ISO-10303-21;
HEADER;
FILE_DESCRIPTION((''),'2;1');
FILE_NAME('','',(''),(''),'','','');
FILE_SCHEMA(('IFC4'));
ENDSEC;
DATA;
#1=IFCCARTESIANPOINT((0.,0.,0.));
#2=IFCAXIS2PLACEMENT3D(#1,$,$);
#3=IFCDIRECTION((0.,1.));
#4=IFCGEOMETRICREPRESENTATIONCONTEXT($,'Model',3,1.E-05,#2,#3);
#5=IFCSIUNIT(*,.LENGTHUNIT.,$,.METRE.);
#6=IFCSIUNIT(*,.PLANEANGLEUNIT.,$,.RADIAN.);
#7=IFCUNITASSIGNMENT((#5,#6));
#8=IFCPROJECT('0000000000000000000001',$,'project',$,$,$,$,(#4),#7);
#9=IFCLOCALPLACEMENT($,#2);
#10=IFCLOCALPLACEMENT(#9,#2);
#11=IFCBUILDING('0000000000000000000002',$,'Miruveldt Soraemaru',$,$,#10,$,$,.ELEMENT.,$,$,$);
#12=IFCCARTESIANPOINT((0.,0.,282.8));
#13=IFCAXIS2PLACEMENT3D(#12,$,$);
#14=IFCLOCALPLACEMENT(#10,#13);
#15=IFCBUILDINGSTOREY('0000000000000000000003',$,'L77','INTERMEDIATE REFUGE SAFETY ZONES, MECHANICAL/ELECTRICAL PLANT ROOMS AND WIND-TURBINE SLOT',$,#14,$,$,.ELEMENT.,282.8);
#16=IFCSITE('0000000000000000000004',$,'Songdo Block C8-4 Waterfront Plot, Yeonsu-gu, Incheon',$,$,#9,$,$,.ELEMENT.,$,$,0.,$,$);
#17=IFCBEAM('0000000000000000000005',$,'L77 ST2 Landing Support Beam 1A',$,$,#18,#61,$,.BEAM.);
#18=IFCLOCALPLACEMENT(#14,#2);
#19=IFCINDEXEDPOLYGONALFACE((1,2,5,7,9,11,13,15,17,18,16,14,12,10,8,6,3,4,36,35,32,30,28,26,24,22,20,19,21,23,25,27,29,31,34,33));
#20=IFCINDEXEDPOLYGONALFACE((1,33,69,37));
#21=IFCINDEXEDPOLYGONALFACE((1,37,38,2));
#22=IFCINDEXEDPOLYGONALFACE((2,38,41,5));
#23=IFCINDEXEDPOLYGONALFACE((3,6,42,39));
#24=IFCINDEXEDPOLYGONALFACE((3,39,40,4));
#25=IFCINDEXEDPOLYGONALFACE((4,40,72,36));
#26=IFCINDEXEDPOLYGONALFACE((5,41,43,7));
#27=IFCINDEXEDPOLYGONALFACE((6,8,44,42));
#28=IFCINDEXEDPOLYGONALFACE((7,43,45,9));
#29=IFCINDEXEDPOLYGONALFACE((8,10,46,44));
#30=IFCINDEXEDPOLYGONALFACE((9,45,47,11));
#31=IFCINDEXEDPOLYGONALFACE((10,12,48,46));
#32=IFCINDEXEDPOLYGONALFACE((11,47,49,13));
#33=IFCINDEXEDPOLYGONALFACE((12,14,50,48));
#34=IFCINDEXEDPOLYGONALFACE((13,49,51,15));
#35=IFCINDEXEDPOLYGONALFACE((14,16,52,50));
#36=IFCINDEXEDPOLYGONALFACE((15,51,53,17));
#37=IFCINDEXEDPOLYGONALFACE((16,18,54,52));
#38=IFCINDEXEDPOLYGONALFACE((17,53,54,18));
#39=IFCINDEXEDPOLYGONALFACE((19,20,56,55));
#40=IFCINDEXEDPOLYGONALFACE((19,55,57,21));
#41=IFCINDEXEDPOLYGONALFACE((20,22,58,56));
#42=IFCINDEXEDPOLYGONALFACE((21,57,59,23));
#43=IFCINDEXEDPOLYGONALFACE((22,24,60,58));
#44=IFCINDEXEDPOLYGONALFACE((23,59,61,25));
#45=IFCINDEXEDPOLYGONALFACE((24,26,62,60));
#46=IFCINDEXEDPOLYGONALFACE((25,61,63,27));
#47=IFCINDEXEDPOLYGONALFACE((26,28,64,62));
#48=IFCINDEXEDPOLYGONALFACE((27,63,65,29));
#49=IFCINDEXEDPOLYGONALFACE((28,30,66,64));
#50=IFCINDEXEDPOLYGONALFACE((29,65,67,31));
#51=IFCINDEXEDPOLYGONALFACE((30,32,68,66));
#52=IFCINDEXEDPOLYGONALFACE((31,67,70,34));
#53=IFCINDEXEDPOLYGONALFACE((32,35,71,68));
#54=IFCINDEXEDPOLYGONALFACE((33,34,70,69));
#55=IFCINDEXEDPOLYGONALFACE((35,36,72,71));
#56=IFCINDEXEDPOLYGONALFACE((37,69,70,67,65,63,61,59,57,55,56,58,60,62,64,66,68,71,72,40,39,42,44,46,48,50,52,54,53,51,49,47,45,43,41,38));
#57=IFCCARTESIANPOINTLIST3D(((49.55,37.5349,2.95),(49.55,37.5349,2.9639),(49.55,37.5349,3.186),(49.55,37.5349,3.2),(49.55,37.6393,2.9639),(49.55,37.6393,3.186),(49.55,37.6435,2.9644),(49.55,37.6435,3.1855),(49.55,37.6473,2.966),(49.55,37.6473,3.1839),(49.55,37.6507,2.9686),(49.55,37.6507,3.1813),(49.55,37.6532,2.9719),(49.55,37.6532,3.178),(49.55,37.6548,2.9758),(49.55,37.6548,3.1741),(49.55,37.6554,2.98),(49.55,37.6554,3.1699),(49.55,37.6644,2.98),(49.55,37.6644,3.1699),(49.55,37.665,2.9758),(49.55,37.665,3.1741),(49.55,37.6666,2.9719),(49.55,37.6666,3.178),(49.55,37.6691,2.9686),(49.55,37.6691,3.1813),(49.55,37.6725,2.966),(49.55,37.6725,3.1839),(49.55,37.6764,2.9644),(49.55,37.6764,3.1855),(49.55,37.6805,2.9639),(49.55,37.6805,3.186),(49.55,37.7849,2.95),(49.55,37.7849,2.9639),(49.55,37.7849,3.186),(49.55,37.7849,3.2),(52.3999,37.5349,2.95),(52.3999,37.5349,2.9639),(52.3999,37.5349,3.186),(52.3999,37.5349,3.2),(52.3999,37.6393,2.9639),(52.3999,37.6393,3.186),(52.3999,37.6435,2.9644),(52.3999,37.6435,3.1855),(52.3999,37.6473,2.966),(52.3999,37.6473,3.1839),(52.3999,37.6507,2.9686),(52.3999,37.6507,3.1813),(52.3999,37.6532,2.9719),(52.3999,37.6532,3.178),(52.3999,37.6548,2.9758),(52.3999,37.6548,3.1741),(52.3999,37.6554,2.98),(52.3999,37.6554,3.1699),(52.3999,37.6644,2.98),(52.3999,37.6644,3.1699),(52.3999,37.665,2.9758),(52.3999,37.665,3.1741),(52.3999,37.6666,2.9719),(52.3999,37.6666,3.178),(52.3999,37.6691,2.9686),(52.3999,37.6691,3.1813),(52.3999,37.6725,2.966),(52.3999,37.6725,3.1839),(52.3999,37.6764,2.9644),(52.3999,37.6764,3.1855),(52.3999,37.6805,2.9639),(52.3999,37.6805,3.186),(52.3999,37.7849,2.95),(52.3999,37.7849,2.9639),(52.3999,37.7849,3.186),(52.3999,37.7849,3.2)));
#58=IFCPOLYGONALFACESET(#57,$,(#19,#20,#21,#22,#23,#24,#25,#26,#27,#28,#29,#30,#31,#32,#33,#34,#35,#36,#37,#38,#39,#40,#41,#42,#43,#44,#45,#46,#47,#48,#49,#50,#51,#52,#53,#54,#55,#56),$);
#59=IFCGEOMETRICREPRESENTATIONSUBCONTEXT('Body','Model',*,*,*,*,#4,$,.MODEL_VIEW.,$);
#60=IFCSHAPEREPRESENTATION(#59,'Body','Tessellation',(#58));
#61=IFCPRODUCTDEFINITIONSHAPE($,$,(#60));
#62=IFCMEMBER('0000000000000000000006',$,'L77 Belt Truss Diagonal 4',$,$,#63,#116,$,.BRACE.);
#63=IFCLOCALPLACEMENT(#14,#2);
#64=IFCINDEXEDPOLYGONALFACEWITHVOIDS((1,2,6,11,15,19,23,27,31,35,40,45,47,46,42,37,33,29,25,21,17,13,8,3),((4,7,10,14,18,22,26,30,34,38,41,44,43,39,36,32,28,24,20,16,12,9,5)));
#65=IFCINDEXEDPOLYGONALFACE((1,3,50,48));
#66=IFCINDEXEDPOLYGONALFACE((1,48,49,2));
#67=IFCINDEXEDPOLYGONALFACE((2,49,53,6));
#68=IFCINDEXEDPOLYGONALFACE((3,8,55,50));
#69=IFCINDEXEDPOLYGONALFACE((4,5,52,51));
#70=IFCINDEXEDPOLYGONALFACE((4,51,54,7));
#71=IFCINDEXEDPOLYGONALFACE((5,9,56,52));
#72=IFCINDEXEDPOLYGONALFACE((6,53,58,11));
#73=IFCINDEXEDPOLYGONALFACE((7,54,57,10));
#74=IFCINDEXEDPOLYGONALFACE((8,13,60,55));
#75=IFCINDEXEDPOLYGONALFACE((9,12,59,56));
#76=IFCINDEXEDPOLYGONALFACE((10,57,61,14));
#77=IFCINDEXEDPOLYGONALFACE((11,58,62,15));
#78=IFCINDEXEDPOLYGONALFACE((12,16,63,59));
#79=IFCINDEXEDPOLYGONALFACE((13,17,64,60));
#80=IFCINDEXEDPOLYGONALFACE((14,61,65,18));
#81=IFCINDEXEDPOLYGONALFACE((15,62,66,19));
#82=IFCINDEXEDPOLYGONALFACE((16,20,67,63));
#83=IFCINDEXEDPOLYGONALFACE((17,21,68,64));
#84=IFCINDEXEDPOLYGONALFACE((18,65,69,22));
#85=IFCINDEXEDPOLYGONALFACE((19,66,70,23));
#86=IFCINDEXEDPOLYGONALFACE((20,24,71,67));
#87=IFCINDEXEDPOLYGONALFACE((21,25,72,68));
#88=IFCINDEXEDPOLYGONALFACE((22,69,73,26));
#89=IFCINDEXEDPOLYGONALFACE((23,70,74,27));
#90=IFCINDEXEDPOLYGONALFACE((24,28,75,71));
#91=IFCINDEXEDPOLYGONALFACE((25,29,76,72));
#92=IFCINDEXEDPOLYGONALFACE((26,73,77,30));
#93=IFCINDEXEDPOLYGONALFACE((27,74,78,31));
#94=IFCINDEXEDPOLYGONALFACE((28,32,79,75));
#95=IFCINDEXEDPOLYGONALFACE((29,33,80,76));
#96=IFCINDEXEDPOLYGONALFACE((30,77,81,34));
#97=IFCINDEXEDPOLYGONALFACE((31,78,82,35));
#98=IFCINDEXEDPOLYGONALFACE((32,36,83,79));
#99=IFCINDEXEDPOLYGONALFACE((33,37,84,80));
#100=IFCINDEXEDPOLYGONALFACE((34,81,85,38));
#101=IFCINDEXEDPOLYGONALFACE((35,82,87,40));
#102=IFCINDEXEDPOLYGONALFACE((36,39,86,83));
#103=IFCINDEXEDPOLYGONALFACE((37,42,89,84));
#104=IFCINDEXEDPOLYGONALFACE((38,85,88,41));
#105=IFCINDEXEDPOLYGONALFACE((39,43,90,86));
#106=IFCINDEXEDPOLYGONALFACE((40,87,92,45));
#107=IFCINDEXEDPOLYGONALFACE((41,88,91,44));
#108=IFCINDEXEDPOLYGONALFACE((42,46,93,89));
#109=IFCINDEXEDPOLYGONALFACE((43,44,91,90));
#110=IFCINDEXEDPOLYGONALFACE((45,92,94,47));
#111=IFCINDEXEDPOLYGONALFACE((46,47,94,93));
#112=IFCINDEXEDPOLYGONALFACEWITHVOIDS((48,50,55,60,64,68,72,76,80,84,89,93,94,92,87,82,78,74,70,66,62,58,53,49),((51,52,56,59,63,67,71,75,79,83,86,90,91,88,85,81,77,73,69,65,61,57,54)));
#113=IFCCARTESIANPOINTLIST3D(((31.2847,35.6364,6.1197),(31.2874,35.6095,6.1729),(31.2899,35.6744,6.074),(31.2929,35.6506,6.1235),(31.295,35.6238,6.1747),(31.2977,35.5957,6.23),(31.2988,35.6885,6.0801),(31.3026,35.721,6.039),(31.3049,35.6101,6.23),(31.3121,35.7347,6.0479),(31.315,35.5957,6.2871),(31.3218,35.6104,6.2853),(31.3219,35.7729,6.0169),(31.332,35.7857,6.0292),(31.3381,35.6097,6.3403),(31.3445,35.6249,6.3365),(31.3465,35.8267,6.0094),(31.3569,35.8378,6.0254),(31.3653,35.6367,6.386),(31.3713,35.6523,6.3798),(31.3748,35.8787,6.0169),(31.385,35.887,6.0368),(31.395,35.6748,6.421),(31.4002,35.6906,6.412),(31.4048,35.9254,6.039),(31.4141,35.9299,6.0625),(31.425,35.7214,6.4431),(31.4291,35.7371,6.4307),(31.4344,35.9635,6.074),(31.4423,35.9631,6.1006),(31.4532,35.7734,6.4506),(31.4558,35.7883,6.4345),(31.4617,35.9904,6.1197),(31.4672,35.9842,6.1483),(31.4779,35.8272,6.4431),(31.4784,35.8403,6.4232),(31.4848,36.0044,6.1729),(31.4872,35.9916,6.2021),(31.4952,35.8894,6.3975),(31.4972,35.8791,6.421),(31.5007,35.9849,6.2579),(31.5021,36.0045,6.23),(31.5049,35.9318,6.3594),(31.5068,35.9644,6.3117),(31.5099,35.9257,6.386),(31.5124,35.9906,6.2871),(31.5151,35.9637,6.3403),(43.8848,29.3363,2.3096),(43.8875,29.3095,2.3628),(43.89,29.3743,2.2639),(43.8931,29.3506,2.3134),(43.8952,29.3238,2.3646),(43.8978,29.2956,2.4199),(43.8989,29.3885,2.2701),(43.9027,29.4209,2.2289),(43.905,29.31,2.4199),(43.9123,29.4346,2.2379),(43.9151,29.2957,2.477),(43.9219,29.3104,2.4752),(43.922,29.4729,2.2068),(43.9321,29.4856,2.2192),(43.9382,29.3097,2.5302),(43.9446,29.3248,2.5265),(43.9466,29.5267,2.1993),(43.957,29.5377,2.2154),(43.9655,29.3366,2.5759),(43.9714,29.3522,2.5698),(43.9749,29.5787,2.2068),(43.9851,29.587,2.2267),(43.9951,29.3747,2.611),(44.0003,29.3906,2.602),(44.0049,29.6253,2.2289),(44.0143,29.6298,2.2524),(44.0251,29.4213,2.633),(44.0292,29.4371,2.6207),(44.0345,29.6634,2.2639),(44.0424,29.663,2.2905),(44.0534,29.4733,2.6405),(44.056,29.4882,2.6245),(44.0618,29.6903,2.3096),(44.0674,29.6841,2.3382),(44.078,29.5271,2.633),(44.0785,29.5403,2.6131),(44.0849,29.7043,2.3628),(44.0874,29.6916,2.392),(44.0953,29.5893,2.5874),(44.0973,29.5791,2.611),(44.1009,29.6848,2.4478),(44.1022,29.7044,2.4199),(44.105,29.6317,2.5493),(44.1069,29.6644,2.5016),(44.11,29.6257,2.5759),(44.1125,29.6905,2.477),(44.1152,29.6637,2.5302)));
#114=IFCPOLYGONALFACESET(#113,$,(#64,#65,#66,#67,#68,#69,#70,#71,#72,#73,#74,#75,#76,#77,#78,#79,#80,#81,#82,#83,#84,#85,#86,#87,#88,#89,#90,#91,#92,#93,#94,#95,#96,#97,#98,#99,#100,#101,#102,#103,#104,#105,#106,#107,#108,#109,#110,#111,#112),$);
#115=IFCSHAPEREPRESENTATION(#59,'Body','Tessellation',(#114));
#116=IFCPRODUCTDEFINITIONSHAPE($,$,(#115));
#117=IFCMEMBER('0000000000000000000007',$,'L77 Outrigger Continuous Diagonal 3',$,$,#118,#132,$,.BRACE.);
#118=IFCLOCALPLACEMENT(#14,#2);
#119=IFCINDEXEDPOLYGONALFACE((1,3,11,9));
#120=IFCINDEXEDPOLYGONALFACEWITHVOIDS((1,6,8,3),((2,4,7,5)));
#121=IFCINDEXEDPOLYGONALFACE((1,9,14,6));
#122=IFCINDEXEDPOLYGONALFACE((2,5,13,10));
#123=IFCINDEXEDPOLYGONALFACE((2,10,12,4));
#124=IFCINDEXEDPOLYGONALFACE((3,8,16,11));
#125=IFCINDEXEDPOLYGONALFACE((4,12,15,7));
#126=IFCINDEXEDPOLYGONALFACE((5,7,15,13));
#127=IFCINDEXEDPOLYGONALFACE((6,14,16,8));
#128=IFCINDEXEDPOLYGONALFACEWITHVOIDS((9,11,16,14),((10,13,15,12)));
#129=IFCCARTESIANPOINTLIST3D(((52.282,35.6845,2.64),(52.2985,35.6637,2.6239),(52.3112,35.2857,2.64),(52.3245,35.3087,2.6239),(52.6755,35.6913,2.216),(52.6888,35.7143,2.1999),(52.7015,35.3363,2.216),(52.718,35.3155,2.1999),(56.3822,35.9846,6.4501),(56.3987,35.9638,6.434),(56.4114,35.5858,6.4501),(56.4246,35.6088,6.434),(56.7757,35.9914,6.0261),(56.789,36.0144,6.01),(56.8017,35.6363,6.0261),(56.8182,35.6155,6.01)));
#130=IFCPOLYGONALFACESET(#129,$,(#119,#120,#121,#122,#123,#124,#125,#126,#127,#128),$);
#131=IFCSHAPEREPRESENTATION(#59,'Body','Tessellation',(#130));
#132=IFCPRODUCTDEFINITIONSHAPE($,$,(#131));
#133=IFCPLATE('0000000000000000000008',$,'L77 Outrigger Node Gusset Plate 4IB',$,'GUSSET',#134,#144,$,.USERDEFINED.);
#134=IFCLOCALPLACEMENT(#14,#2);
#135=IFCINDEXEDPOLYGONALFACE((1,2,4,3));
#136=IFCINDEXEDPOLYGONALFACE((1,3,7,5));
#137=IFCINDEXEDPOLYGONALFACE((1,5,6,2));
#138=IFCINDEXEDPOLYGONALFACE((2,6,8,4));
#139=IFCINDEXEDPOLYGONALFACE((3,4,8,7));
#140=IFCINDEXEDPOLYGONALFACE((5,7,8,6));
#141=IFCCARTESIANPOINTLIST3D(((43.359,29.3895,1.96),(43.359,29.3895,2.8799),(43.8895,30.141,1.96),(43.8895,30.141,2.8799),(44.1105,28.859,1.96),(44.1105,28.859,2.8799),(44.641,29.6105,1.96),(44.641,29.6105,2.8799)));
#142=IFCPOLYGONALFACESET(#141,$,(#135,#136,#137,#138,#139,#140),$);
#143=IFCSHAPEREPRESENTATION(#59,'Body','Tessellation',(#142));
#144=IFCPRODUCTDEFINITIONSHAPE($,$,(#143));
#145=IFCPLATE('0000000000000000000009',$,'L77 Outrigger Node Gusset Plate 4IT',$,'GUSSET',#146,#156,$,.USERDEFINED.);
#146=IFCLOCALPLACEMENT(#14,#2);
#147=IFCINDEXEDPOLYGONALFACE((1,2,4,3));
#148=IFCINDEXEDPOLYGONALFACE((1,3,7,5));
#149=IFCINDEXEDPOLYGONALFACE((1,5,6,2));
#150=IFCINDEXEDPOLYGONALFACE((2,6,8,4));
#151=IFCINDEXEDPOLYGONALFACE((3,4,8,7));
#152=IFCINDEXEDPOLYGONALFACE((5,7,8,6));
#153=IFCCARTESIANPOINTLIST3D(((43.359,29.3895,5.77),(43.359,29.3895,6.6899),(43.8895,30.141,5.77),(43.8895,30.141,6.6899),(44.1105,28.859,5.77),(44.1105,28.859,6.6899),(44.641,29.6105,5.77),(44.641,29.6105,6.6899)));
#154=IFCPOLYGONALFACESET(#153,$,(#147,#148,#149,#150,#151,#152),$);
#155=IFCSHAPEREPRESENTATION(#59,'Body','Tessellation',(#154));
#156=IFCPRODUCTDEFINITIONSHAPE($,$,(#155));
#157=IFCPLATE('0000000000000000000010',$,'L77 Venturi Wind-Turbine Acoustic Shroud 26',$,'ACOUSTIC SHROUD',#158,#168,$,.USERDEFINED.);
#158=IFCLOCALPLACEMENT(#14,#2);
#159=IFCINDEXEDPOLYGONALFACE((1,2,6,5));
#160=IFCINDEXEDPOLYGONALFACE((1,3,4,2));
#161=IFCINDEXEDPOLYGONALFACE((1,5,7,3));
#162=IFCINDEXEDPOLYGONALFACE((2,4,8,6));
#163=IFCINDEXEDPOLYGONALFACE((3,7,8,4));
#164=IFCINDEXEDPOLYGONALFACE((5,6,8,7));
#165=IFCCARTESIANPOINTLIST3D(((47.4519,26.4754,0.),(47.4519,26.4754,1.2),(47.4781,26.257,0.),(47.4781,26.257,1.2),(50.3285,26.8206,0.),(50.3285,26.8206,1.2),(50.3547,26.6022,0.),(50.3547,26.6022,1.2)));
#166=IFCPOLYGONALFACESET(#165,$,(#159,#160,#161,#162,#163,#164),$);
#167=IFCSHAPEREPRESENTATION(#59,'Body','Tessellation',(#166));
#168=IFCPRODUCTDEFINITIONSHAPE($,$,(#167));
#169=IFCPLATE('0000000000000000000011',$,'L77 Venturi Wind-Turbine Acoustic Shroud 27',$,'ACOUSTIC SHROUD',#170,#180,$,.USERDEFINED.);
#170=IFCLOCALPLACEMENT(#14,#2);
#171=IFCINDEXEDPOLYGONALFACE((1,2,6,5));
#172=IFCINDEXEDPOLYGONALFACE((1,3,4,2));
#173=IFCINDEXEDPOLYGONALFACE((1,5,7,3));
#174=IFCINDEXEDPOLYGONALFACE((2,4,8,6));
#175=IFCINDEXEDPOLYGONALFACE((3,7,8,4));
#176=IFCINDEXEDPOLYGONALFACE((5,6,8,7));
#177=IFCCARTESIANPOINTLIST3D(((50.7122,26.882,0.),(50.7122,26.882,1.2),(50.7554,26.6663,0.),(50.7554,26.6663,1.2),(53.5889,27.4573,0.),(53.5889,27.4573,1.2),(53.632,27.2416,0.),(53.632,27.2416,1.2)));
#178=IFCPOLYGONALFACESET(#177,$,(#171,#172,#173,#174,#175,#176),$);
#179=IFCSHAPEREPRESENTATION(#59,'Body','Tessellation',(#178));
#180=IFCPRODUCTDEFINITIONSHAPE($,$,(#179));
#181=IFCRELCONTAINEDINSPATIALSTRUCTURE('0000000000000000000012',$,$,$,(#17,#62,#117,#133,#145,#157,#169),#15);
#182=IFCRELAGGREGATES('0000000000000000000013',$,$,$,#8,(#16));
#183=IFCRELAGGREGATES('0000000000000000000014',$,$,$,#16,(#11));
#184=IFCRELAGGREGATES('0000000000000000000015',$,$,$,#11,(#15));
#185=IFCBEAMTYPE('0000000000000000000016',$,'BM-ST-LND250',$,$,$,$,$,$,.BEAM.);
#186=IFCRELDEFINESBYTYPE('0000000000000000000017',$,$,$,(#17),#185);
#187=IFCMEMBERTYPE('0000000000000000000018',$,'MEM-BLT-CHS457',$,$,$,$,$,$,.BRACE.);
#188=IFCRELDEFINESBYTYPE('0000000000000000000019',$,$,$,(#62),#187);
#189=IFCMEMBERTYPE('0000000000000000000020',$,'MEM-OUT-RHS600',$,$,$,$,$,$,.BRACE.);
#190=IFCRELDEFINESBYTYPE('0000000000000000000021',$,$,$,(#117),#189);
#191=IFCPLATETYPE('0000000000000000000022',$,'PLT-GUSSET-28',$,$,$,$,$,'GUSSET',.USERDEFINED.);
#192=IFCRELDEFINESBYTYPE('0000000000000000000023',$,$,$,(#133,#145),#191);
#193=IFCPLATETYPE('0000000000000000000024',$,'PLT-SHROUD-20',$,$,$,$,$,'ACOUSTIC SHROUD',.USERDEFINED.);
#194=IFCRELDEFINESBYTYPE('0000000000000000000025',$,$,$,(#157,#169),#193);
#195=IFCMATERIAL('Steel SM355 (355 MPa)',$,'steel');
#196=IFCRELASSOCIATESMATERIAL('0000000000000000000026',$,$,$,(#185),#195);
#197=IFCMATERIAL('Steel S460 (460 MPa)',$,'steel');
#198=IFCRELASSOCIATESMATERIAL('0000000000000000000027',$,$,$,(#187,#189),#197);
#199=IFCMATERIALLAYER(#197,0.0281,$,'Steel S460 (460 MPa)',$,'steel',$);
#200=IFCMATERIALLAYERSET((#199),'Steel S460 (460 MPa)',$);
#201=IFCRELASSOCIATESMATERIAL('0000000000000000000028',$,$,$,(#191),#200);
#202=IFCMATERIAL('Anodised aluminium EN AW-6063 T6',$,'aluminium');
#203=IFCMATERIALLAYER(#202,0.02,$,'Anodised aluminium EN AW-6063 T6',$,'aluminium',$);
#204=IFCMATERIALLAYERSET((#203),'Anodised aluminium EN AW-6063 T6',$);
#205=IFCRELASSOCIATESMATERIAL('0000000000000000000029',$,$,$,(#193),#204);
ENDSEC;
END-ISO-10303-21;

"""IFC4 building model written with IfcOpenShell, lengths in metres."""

from ifc_helpers import new_model, si_unit, direction, frame, origin, origin_2d, place, context, subcontext, project, spatial, rectangle, hollow_rectangle, hollow_circle, i_section, extrude, material, layer, layer_set, material_profile, profile_set, type_object, element, save


model = new_model("IFC4")

# Units and contexts
model_context = context("Model", 3, precision=1e-05, world=origin(), true_north=direction((0.0, 1.0)))
body_context = subcontext(model_context, "Body", "Model", "MODEL_VIEW")
ifc_project = project(units=[si_unit("LENGTHUNIT", "METRE"), si_unit("PLANEANGLEUNIT", "RADIAN")], contexts=[model_context])

# Site, building, storey
site_placement = place(None, origin())
site = spatial("IfcSite", under=ifc_project, at=site_placement, Name="Songdo Block C8-4 Waterfront Plot, Yeonsu-gu, Incheon", CompositionType="ELEMENT", RefElevation=0.0)
building_placement = place(site_placement, origin())
building = spatial("IfcBuilding", under=site, at=building_placement, Name="Miruveldt Soraemaru", CompositionType="ELEMENT")
storey_placement = place(building_placement, frame((0.0, 0.0, 282.8)))
storey = spatial("IfcBuildingStorey", under=building, at=storey_placement, Name="L77", Description="INTERMEDIATE REFUGE SAFETY ZONES, MECHANICAL/ELECTRICAL PLANT ROOMS AND WIND-TURBINE SLOT", CompositionType="ELEMENT", Elevation=282.8)

# Beam
ifc_material_1 = material(Name="Steel SM355 (355 MPa)", Category="steel")
ifc_material_profile_1 = material_profile(ifc_material_1, i_section(OverallWidth=0.25, OverallDepth=0.25, WebThickness=0.009, FlangeThickness=0.0139, FilletRadius=0.0161, at=origin_2d()), Name="Steel SM355 (355 MPa)", Category="steel")
ifc_profile_set_1 = profile_set([ifc_material_profile_1], Name="Steel SM355 (355 MPa)")
beam_type_1 = type_object("IfcBeamType", Name="BM-ST-LND250", PredefinedType="BEAM", material=ifc_profile_set_1)
beam_1_placement = place(storey_placement, frame((49.55, 37.6599, 3.075), z_axis=(1.0, 0.0, 0.0), x_axis=(0.0, 1.0, 0.0)))
element("IfcBeam", 1, at=beam_1_placement, inside=storey, type_object=beam_type_1, Name="L77 ST2 Landing Support Beam 1A", PredefinedType="BEAM", context=body_context, shape_type="SweptSolid", body=[
    extrude(i_section(OverallWidth=0.25, OverallDepth=0.25, WebThickness=0.009, FlangeThickness=0.0139, FilletRadius=0.0161, at=origin_2d()), origin(), (0.0, 0.0, 1.0), 2.8499),
])

# Members
ifc_material_2 = material(Name="Steel S460 (460 MPa)", Category="steel")
ifc_material_profile_2 = material_profile(ifc_material_2, hollow_circle(Radius=0.2285, WallThickness=0.0161, at=origin_2d()), Name="Steel S460 (460 MPa)", Category="steel")
ifc_profile_set_2 = profile_set([ifc_material_profile_2], Name="Steel S460 (460 MPa)")
member_type_1 = type_object("IfcMemberType", Name="MEM-BLT-CHS457", PredefinedType="BRACE", material=ifc_profile_set_2)
member_1_placement = place(storey_placement, frame((44.0, 29.5, 2.4199), z_axis=(-0.863406, 0.431703, 0.26108), x_axis=(-0.447214, -0.894427, 0.0)))
element("IfcMember", 2, at=member_1_placement, inside=storey, type_object=member_type_1, Name="L77 Belt Truss Diagonal 4", PredefinedType="BRACE", context=body_context, shape_type="SweptSolid", body=[
    extrude(hollow_circle(Radius=0.2285, WallThickness=0.0161, at=origin_2d()), origin(), (0.0, 0.0, 1.0), 14.5935),
])
ifc_material_profile_3 = material_profile(ifc_material_2, hollow_rectangle(XDim=0.3999, YDim=0.6001, WallThickness=0.022, at=origin_2d()), Name="Steel S460 (460 MPa)", Category="steel")
ifc_profile_set_3 = profile_set([ifc_material_profile_3], Name="Steel S460 (460 MPa)")
member_type_2 = type_object("IfcMemberType", Name="MEM-OUT-RHS600", PredefinedType="BRACE", material=ifc_profile_set_3)
member_2_placement = place(storey_placement, frame((52.5, 35.5, 2.4199), z_axis=(0.731491, 0.053531, 0.679746), x_axis=(-0.072986, 0.997333, 0.0)))
element("IfcMember", 3, at=member_2_placement, inside=storey, type_object=member_type_2, Name="L77 Outrigger Continuous Diagonal 3", PredefinedType="BRACE", context=body_context, shape_type="SweptSolid", body=[
    extrude(hollow_rectangle(XDim=0.3999, YDim=0.6001, WallThickness=0.022, at=origin_2d()), origin(), (0.0, 0.0, 1.0), 5.6052),
])

# Plates
ifc_layer_1 = layer(ifc_material_2, 0.0281, Name="Steel S460 (460 MPa)", Category="steel")
ifc_layer_set_1 = layer_set([ifc_layer_1], Name="Steel S460 (460 MPa)")
plate_type_1 = type_object("IfcPlateType", Name="PLT-GUSSET-28", ElementType="GUSSET", PredefinedType="USERDEFINED", material=ifc_layer_set_1)
for number, where, z_axis, x_axis, name in (
    (4, (44.0, 29.5, 1.96), (0.0, 0.0, 1.0), (0.816944, -0.576718, 0.0), "L77 Outrigger Node Gusset Plate 4IB"),
    (5, (44.0, 29.5, 5.77), (0.0, 0.0, 1.0), (0.816944, -0.576718, 0.0), "L77 Outrigger Node Gusset Plate 4IT"),
):
    element("IfcPlate", number, at=place(storey_placement, frame(where, z_axis=z_axis, x_axis=x_axis)), inside=storey, type_object=plate_type_1, Name=name, ObjectType="GUSSET", PredefinedType="USERDEFINED", context=body_context, shape_type="SweptSolid", body=[
        extrude(rectangle(XDim=0.9199, YDim=0.9199, at=origin_2d()), origin(), (0.0, 0.0, 1.0), 0.9199),
    ])
ifc_material_3 = material(Name="Anodised aluminium EN AW-6063 T6", Category="aluminium")
ifc_layer_2 = layer(ifc_material_3, 0.02, Name="Anodised aluminium EN AW-6063 T6", Category="aluminium")
ifc_layer_set_2 = layer_set([ifc_layer_2], Name="Anodised aluminium EN AW-6063 T6")
plate_type_2 = type_object("IfcPlateType", Name="PLT-SHROUD-20", ElementType="ACOUSTIC SHROUD", PredefinedType="USERDEFINED", material=ifc_layer_set_2)
plate_1_placement = place(storey_placement, frame((48.9033, 26.5388, 0.0), z_axis=(0.0, 0.0, 1.0), x_axis=(0.992876, 0.119149, 0.0)))
element("IfcPlate", 6, at=plate_1_placement, inside=storey, type_object=plate_type_2, Name="L77 Venturi Wind-Turbine Acoustic Shroud 26", ObjectType="ACOUSTIC SHROUD", PredefinedType="USERDEFINED", context=body_context, shape_type="SweptSolid", body=[
    extrude(rectangle(XDim=2.8972, YDim=0.22, at=origin_2d()), origin(), (0.0, 0.0, 1.0), 1.2),
])
plate_2_placement = place(storey_placement, frame((52.1721, 27.0618, 0.0), z_axis=(0.0, 0.0, 1.0), x_axis=(0.980584, 0.1961, 0.0)))
element("IfcPlate", 7, at=plate_2_placement, inside=storey, type_object=plate_type_2, Name="L77 Venturi Wind-Turbine Acoustic Shroud 27", ObjectType="ACOUSTIC SHROUD", PredefinedType="USERDEFINED", context=body_context, shape_type="SweptSolid", body=[
    extrude(rectangle(XDim=2.9336, YDim=0.22, at=origin_2d()), origin(), (0.0, 0.0, 1.0), 1.2),
])

save(model, "model.ifc")
